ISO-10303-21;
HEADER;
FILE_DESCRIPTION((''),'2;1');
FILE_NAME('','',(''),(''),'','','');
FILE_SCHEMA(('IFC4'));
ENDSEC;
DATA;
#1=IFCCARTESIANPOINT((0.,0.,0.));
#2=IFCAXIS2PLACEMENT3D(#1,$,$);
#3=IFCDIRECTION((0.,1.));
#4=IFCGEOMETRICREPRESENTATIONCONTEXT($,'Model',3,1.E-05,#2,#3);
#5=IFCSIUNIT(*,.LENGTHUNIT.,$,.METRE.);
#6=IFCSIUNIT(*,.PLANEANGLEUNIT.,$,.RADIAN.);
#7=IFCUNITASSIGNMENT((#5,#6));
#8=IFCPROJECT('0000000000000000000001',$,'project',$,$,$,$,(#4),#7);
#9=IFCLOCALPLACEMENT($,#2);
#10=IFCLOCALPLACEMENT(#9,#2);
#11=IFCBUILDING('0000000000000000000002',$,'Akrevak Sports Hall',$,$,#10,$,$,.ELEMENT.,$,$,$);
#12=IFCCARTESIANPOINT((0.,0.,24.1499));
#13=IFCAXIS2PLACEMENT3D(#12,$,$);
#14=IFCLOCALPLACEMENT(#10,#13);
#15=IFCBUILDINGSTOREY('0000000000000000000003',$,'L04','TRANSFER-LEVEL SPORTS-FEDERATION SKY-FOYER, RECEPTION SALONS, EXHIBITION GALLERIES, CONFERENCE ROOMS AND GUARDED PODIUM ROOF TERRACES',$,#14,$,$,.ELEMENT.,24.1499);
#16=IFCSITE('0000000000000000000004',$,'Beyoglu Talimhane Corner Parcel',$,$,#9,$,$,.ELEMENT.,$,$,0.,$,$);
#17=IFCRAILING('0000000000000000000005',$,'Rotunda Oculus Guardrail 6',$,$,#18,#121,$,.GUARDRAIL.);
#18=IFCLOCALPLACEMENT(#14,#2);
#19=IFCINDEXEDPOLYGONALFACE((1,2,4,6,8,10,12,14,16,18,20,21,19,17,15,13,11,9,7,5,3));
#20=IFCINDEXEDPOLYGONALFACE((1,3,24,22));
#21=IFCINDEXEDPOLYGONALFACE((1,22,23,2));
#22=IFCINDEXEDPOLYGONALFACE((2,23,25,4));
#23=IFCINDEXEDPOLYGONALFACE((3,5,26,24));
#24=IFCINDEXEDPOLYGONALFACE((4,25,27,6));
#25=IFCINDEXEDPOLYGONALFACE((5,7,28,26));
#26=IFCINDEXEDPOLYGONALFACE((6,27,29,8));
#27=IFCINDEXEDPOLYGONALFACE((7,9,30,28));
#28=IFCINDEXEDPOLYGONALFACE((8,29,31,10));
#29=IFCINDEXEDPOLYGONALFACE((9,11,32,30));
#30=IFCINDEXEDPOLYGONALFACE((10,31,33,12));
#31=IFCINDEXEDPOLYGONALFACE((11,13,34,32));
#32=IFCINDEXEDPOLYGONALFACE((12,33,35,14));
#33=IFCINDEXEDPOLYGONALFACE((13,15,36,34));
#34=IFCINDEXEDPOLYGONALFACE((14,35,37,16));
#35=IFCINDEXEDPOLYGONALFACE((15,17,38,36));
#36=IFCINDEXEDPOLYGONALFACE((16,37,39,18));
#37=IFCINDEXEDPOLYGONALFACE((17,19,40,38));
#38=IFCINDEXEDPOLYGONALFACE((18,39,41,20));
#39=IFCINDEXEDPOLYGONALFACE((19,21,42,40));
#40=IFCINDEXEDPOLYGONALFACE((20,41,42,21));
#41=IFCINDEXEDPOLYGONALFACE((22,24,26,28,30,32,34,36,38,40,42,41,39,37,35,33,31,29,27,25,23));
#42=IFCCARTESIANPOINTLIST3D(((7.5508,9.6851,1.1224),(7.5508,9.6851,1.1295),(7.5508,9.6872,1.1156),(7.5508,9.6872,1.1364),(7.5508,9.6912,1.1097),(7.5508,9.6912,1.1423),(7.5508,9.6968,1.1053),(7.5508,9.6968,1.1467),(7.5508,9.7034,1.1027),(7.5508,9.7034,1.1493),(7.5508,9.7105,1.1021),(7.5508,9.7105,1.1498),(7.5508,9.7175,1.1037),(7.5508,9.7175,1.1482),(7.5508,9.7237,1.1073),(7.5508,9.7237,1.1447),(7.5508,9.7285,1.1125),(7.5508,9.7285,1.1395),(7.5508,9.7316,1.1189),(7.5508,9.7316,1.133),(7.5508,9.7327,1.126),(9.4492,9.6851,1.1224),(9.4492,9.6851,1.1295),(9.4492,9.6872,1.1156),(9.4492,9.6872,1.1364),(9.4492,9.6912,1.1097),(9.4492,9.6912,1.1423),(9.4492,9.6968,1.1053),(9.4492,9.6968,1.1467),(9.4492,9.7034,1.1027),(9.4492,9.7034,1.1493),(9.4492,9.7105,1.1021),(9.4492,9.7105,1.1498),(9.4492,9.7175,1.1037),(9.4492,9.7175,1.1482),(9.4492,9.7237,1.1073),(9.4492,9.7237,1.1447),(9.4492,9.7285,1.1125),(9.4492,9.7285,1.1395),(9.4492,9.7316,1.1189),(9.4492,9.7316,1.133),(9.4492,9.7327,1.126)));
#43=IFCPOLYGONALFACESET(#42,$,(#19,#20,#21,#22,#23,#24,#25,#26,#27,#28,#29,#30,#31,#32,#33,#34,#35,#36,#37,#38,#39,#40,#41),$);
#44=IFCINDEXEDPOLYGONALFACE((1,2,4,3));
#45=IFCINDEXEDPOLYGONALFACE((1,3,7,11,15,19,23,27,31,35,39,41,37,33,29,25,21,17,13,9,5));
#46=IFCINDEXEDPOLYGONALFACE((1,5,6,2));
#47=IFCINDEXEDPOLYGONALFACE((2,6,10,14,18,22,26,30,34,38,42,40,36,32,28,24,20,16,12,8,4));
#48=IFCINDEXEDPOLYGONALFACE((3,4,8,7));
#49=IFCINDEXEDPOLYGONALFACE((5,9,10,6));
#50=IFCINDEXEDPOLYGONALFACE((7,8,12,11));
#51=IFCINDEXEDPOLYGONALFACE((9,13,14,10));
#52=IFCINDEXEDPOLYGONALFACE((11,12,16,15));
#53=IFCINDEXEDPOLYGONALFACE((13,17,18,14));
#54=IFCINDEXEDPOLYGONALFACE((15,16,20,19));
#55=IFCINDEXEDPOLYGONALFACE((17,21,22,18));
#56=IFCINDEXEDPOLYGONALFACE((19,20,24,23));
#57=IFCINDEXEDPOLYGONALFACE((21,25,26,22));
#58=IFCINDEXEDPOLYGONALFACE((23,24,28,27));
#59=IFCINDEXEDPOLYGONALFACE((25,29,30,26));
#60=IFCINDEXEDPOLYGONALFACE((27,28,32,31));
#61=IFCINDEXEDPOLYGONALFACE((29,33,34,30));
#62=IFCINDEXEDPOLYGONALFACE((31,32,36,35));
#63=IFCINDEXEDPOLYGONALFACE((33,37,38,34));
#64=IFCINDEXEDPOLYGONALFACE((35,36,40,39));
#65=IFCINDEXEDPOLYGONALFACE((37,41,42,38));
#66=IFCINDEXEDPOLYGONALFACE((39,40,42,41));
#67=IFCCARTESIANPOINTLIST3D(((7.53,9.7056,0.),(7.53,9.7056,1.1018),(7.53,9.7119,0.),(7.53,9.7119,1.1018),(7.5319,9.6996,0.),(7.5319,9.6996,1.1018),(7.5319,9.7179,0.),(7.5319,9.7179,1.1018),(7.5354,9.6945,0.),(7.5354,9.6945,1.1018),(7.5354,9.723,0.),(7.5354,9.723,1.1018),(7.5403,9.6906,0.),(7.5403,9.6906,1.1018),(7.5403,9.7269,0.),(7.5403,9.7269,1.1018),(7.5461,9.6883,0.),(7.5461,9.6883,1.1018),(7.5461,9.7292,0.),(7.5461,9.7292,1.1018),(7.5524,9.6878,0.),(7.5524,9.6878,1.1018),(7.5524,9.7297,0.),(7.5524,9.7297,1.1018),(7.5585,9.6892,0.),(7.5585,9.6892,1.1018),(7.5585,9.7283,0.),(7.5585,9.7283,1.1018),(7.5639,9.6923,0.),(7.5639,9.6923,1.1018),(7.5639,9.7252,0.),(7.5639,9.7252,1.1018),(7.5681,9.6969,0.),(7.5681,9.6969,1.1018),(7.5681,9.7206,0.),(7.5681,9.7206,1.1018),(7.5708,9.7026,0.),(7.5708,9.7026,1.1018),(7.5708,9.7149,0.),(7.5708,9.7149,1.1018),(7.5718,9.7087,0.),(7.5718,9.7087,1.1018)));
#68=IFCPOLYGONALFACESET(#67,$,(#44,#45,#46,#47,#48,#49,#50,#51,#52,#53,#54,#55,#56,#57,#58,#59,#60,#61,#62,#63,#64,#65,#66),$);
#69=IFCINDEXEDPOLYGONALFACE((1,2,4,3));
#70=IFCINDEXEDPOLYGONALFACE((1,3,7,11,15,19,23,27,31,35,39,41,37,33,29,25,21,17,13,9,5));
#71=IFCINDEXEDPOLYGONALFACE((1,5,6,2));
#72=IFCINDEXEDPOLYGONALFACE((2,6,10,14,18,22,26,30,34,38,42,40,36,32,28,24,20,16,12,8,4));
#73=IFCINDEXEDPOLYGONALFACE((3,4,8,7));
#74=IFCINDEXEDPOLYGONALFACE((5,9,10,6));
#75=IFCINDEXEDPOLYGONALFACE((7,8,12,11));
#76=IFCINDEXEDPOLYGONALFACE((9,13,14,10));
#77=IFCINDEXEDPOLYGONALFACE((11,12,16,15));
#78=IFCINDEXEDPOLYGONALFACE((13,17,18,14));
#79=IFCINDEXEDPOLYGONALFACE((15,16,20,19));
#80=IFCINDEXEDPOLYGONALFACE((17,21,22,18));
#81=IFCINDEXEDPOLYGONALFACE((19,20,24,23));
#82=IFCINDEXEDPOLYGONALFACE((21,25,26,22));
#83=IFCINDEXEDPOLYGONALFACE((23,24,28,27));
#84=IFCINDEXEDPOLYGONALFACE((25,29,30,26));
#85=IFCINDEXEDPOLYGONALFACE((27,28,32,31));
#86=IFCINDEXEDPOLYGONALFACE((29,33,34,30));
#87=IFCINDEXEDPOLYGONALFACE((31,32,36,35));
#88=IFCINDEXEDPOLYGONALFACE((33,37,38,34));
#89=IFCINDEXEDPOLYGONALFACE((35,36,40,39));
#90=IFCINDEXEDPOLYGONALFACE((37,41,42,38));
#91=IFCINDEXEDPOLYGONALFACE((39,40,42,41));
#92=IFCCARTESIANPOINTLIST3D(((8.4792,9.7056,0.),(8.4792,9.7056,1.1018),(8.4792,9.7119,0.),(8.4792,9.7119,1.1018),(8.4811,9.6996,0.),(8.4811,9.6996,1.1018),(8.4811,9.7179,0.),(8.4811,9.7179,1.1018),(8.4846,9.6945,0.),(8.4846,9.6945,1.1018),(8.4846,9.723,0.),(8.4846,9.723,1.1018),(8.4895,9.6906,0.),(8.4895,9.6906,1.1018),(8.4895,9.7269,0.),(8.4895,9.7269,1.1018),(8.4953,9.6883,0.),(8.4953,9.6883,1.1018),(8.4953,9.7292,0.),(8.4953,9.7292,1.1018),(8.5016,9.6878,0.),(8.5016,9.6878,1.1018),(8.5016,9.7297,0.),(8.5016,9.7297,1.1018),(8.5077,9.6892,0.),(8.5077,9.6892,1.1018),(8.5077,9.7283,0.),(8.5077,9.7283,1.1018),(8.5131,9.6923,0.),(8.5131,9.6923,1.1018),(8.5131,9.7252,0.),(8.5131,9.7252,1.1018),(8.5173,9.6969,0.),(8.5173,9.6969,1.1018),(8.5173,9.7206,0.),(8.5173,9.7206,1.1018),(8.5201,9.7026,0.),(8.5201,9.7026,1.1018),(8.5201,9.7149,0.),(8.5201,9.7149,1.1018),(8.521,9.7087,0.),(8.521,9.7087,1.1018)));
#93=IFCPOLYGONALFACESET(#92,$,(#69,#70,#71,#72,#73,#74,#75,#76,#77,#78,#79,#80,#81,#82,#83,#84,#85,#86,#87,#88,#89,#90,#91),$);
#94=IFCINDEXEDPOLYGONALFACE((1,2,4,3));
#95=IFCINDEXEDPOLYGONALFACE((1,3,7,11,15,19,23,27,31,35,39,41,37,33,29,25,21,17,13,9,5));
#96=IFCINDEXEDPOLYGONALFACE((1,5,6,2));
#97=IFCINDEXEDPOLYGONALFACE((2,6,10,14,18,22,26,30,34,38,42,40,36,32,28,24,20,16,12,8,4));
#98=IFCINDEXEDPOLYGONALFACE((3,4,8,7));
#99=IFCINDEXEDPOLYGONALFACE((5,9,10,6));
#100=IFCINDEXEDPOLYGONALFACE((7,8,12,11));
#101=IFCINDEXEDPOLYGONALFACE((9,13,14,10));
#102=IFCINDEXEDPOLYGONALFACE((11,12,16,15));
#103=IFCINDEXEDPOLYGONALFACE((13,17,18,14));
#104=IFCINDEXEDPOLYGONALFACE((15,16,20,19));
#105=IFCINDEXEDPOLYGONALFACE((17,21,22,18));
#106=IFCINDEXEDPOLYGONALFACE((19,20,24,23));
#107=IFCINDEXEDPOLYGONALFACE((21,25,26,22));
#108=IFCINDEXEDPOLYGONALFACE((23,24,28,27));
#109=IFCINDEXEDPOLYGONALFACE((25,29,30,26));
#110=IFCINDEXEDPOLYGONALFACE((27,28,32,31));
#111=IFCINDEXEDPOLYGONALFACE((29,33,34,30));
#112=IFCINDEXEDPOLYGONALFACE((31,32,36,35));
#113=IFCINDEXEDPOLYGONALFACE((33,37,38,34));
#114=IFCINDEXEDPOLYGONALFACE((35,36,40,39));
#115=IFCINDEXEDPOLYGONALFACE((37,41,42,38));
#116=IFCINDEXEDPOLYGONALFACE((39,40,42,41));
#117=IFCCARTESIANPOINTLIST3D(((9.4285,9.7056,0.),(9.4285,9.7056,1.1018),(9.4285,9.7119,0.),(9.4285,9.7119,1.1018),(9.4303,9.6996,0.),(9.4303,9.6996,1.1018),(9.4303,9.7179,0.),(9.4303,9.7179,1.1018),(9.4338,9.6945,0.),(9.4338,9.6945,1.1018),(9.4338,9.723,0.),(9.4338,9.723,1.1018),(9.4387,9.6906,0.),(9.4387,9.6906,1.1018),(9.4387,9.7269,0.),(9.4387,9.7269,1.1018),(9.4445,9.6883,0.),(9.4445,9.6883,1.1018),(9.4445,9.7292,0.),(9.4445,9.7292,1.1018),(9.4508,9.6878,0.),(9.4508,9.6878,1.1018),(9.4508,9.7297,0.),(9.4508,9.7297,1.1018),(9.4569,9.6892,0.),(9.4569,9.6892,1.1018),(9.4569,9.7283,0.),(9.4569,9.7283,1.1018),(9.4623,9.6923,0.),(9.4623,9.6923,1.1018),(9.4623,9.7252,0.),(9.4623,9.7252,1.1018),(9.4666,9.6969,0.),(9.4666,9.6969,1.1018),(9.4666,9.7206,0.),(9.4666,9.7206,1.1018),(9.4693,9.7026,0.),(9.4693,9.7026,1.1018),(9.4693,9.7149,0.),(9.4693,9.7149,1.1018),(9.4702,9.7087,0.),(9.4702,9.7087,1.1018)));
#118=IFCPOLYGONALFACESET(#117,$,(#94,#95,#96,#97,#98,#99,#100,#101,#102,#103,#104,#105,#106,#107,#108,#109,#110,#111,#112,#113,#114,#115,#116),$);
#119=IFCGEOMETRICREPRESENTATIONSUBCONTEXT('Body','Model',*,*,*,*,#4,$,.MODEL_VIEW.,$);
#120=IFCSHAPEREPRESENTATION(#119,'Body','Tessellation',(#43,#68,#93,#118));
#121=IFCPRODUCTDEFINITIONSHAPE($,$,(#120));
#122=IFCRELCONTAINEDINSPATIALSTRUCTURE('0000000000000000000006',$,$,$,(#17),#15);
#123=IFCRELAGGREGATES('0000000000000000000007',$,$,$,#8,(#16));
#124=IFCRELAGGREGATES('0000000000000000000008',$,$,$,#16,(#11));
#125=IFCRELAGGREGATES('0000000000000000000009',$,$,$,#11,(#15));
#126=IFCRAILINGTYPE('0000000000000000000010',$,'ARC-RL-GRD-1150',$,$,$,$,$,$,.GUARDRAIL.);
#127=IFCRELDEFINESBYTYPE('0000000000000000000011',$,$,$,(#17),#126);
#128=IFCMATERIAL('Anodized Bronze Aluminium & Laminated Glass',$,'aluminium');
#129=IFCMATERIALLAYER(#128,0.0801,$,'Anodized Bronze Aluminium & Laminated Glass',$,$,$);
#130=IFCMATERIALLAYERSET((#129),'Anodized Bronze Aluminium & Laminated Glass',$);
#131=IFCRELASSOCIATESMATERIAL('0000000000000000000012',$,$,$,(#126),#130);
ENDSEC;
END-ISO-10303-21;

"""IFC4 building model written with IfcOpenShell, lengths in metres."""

from ifc_helpers import new_model, si_unit, direction, frame, origin, origin_2d, place, context, subcontext, project, spatial, circle, extrude, material, layer, layer_set, type_object, element, save


model = new_model("IFC4")

# Units and contexts
model_context = context("Model", 3, precision=1e-05, world=origin(), true_north=direction((0.0, 1.0)))
body_context = subcontext(model_context, "Body", "Model", "MODEL_VIEW")
ifc_project = project(units=[si_unit("LENGTHUNIT", "METRE"), si_unit("PLANEANGLEUNIT", "RADIAN")], contexts=[model_context])

# Site, building, storey
site_placement = place(None, origin())
site = spatial("IfcSite", under=ifc_project, at=site_placement, Name="Beyoglu Talimhane Corner Parcel", CompositionType="ELEMENT", RefElevation=0.0)
building_placement = place(site_placement, origin())
building = spatial("IfcBuilding", under=site, at=building_placement, Name="Akrevak Sports Hall", CompositionType="ELEMENT")
storey_placement = place(building_placement, frame((0.0, 0.0, 24.1499)))
storey = spatial("IfcBuildingStorey", under=building, at=storey_placement, Name="L04", Description="TRANSFER-LEVEL SPORTS-FEDERATION SKY-FOYER, RECEPTION SALONS, EXHIBITION GALLERIES, CONFERENCE ROOMS AND GUARDED PODIUM ROOF TERRACES", CompositionType="ELEMENT", Elevation=24.1499)

# Railing
ifc_material_1 = material(Name="Anodized Bronze Aluminium & Laminated Glass", Category="aluminium")
ifc_layer_1 = layer(ifc_material_1, 0.0801, Name="Anodized Bronze Aluminium & Laminated Glass")
ifc_layer_set_1 = layer_set([ifc_layer_1], Name="Anodized Bronze Aluminium & Laminated Glass")
railing_type = type_object("IfcRailingType", Name="ARC-RL-GRD-1150", PredefinedType="GUARDRAIL", material=ifc_layer_set_1)
railing_1_placement = place(storey_placement, frame((7.5508, 9.7087, 0.0)))
element("IfcRailing", 1, at=railing_1_placement, inside=storey, type_object=railing_type, Name="Rotunda Oculus Guardrail 6", PredefinedType="GUARDRAIL", context=body_context, shape_type="SweptSolid", body=[
    extrude(circle(Radius=0.0239, at=origin_2d()), frame((0.0, 0.0, 1.126), z_axis=(1.0, 0.0, 0.0), x_axis=(0.0, 1.0, 0.0)), (0.0, 0.0, 1.0), 1.8984),
    extrude(circle(Radius=0.021, at=origin_2d()), origin(), (0.0, 0.0, 1.0), 1.1018),
    extrude(circle(Radius=0.021, at=origin_2d()), frame((0.9492, 0.0, 0.0)), (0.0, 0.0, 1.0), 1.1018),
    extrude(circle(Radius=0.021, at=origin_2d()), frame((1.8984, 0.0, 0.0)), (0.0, 0.0, 1.0), 1.1018),
])

save(model, "model.ifc")
